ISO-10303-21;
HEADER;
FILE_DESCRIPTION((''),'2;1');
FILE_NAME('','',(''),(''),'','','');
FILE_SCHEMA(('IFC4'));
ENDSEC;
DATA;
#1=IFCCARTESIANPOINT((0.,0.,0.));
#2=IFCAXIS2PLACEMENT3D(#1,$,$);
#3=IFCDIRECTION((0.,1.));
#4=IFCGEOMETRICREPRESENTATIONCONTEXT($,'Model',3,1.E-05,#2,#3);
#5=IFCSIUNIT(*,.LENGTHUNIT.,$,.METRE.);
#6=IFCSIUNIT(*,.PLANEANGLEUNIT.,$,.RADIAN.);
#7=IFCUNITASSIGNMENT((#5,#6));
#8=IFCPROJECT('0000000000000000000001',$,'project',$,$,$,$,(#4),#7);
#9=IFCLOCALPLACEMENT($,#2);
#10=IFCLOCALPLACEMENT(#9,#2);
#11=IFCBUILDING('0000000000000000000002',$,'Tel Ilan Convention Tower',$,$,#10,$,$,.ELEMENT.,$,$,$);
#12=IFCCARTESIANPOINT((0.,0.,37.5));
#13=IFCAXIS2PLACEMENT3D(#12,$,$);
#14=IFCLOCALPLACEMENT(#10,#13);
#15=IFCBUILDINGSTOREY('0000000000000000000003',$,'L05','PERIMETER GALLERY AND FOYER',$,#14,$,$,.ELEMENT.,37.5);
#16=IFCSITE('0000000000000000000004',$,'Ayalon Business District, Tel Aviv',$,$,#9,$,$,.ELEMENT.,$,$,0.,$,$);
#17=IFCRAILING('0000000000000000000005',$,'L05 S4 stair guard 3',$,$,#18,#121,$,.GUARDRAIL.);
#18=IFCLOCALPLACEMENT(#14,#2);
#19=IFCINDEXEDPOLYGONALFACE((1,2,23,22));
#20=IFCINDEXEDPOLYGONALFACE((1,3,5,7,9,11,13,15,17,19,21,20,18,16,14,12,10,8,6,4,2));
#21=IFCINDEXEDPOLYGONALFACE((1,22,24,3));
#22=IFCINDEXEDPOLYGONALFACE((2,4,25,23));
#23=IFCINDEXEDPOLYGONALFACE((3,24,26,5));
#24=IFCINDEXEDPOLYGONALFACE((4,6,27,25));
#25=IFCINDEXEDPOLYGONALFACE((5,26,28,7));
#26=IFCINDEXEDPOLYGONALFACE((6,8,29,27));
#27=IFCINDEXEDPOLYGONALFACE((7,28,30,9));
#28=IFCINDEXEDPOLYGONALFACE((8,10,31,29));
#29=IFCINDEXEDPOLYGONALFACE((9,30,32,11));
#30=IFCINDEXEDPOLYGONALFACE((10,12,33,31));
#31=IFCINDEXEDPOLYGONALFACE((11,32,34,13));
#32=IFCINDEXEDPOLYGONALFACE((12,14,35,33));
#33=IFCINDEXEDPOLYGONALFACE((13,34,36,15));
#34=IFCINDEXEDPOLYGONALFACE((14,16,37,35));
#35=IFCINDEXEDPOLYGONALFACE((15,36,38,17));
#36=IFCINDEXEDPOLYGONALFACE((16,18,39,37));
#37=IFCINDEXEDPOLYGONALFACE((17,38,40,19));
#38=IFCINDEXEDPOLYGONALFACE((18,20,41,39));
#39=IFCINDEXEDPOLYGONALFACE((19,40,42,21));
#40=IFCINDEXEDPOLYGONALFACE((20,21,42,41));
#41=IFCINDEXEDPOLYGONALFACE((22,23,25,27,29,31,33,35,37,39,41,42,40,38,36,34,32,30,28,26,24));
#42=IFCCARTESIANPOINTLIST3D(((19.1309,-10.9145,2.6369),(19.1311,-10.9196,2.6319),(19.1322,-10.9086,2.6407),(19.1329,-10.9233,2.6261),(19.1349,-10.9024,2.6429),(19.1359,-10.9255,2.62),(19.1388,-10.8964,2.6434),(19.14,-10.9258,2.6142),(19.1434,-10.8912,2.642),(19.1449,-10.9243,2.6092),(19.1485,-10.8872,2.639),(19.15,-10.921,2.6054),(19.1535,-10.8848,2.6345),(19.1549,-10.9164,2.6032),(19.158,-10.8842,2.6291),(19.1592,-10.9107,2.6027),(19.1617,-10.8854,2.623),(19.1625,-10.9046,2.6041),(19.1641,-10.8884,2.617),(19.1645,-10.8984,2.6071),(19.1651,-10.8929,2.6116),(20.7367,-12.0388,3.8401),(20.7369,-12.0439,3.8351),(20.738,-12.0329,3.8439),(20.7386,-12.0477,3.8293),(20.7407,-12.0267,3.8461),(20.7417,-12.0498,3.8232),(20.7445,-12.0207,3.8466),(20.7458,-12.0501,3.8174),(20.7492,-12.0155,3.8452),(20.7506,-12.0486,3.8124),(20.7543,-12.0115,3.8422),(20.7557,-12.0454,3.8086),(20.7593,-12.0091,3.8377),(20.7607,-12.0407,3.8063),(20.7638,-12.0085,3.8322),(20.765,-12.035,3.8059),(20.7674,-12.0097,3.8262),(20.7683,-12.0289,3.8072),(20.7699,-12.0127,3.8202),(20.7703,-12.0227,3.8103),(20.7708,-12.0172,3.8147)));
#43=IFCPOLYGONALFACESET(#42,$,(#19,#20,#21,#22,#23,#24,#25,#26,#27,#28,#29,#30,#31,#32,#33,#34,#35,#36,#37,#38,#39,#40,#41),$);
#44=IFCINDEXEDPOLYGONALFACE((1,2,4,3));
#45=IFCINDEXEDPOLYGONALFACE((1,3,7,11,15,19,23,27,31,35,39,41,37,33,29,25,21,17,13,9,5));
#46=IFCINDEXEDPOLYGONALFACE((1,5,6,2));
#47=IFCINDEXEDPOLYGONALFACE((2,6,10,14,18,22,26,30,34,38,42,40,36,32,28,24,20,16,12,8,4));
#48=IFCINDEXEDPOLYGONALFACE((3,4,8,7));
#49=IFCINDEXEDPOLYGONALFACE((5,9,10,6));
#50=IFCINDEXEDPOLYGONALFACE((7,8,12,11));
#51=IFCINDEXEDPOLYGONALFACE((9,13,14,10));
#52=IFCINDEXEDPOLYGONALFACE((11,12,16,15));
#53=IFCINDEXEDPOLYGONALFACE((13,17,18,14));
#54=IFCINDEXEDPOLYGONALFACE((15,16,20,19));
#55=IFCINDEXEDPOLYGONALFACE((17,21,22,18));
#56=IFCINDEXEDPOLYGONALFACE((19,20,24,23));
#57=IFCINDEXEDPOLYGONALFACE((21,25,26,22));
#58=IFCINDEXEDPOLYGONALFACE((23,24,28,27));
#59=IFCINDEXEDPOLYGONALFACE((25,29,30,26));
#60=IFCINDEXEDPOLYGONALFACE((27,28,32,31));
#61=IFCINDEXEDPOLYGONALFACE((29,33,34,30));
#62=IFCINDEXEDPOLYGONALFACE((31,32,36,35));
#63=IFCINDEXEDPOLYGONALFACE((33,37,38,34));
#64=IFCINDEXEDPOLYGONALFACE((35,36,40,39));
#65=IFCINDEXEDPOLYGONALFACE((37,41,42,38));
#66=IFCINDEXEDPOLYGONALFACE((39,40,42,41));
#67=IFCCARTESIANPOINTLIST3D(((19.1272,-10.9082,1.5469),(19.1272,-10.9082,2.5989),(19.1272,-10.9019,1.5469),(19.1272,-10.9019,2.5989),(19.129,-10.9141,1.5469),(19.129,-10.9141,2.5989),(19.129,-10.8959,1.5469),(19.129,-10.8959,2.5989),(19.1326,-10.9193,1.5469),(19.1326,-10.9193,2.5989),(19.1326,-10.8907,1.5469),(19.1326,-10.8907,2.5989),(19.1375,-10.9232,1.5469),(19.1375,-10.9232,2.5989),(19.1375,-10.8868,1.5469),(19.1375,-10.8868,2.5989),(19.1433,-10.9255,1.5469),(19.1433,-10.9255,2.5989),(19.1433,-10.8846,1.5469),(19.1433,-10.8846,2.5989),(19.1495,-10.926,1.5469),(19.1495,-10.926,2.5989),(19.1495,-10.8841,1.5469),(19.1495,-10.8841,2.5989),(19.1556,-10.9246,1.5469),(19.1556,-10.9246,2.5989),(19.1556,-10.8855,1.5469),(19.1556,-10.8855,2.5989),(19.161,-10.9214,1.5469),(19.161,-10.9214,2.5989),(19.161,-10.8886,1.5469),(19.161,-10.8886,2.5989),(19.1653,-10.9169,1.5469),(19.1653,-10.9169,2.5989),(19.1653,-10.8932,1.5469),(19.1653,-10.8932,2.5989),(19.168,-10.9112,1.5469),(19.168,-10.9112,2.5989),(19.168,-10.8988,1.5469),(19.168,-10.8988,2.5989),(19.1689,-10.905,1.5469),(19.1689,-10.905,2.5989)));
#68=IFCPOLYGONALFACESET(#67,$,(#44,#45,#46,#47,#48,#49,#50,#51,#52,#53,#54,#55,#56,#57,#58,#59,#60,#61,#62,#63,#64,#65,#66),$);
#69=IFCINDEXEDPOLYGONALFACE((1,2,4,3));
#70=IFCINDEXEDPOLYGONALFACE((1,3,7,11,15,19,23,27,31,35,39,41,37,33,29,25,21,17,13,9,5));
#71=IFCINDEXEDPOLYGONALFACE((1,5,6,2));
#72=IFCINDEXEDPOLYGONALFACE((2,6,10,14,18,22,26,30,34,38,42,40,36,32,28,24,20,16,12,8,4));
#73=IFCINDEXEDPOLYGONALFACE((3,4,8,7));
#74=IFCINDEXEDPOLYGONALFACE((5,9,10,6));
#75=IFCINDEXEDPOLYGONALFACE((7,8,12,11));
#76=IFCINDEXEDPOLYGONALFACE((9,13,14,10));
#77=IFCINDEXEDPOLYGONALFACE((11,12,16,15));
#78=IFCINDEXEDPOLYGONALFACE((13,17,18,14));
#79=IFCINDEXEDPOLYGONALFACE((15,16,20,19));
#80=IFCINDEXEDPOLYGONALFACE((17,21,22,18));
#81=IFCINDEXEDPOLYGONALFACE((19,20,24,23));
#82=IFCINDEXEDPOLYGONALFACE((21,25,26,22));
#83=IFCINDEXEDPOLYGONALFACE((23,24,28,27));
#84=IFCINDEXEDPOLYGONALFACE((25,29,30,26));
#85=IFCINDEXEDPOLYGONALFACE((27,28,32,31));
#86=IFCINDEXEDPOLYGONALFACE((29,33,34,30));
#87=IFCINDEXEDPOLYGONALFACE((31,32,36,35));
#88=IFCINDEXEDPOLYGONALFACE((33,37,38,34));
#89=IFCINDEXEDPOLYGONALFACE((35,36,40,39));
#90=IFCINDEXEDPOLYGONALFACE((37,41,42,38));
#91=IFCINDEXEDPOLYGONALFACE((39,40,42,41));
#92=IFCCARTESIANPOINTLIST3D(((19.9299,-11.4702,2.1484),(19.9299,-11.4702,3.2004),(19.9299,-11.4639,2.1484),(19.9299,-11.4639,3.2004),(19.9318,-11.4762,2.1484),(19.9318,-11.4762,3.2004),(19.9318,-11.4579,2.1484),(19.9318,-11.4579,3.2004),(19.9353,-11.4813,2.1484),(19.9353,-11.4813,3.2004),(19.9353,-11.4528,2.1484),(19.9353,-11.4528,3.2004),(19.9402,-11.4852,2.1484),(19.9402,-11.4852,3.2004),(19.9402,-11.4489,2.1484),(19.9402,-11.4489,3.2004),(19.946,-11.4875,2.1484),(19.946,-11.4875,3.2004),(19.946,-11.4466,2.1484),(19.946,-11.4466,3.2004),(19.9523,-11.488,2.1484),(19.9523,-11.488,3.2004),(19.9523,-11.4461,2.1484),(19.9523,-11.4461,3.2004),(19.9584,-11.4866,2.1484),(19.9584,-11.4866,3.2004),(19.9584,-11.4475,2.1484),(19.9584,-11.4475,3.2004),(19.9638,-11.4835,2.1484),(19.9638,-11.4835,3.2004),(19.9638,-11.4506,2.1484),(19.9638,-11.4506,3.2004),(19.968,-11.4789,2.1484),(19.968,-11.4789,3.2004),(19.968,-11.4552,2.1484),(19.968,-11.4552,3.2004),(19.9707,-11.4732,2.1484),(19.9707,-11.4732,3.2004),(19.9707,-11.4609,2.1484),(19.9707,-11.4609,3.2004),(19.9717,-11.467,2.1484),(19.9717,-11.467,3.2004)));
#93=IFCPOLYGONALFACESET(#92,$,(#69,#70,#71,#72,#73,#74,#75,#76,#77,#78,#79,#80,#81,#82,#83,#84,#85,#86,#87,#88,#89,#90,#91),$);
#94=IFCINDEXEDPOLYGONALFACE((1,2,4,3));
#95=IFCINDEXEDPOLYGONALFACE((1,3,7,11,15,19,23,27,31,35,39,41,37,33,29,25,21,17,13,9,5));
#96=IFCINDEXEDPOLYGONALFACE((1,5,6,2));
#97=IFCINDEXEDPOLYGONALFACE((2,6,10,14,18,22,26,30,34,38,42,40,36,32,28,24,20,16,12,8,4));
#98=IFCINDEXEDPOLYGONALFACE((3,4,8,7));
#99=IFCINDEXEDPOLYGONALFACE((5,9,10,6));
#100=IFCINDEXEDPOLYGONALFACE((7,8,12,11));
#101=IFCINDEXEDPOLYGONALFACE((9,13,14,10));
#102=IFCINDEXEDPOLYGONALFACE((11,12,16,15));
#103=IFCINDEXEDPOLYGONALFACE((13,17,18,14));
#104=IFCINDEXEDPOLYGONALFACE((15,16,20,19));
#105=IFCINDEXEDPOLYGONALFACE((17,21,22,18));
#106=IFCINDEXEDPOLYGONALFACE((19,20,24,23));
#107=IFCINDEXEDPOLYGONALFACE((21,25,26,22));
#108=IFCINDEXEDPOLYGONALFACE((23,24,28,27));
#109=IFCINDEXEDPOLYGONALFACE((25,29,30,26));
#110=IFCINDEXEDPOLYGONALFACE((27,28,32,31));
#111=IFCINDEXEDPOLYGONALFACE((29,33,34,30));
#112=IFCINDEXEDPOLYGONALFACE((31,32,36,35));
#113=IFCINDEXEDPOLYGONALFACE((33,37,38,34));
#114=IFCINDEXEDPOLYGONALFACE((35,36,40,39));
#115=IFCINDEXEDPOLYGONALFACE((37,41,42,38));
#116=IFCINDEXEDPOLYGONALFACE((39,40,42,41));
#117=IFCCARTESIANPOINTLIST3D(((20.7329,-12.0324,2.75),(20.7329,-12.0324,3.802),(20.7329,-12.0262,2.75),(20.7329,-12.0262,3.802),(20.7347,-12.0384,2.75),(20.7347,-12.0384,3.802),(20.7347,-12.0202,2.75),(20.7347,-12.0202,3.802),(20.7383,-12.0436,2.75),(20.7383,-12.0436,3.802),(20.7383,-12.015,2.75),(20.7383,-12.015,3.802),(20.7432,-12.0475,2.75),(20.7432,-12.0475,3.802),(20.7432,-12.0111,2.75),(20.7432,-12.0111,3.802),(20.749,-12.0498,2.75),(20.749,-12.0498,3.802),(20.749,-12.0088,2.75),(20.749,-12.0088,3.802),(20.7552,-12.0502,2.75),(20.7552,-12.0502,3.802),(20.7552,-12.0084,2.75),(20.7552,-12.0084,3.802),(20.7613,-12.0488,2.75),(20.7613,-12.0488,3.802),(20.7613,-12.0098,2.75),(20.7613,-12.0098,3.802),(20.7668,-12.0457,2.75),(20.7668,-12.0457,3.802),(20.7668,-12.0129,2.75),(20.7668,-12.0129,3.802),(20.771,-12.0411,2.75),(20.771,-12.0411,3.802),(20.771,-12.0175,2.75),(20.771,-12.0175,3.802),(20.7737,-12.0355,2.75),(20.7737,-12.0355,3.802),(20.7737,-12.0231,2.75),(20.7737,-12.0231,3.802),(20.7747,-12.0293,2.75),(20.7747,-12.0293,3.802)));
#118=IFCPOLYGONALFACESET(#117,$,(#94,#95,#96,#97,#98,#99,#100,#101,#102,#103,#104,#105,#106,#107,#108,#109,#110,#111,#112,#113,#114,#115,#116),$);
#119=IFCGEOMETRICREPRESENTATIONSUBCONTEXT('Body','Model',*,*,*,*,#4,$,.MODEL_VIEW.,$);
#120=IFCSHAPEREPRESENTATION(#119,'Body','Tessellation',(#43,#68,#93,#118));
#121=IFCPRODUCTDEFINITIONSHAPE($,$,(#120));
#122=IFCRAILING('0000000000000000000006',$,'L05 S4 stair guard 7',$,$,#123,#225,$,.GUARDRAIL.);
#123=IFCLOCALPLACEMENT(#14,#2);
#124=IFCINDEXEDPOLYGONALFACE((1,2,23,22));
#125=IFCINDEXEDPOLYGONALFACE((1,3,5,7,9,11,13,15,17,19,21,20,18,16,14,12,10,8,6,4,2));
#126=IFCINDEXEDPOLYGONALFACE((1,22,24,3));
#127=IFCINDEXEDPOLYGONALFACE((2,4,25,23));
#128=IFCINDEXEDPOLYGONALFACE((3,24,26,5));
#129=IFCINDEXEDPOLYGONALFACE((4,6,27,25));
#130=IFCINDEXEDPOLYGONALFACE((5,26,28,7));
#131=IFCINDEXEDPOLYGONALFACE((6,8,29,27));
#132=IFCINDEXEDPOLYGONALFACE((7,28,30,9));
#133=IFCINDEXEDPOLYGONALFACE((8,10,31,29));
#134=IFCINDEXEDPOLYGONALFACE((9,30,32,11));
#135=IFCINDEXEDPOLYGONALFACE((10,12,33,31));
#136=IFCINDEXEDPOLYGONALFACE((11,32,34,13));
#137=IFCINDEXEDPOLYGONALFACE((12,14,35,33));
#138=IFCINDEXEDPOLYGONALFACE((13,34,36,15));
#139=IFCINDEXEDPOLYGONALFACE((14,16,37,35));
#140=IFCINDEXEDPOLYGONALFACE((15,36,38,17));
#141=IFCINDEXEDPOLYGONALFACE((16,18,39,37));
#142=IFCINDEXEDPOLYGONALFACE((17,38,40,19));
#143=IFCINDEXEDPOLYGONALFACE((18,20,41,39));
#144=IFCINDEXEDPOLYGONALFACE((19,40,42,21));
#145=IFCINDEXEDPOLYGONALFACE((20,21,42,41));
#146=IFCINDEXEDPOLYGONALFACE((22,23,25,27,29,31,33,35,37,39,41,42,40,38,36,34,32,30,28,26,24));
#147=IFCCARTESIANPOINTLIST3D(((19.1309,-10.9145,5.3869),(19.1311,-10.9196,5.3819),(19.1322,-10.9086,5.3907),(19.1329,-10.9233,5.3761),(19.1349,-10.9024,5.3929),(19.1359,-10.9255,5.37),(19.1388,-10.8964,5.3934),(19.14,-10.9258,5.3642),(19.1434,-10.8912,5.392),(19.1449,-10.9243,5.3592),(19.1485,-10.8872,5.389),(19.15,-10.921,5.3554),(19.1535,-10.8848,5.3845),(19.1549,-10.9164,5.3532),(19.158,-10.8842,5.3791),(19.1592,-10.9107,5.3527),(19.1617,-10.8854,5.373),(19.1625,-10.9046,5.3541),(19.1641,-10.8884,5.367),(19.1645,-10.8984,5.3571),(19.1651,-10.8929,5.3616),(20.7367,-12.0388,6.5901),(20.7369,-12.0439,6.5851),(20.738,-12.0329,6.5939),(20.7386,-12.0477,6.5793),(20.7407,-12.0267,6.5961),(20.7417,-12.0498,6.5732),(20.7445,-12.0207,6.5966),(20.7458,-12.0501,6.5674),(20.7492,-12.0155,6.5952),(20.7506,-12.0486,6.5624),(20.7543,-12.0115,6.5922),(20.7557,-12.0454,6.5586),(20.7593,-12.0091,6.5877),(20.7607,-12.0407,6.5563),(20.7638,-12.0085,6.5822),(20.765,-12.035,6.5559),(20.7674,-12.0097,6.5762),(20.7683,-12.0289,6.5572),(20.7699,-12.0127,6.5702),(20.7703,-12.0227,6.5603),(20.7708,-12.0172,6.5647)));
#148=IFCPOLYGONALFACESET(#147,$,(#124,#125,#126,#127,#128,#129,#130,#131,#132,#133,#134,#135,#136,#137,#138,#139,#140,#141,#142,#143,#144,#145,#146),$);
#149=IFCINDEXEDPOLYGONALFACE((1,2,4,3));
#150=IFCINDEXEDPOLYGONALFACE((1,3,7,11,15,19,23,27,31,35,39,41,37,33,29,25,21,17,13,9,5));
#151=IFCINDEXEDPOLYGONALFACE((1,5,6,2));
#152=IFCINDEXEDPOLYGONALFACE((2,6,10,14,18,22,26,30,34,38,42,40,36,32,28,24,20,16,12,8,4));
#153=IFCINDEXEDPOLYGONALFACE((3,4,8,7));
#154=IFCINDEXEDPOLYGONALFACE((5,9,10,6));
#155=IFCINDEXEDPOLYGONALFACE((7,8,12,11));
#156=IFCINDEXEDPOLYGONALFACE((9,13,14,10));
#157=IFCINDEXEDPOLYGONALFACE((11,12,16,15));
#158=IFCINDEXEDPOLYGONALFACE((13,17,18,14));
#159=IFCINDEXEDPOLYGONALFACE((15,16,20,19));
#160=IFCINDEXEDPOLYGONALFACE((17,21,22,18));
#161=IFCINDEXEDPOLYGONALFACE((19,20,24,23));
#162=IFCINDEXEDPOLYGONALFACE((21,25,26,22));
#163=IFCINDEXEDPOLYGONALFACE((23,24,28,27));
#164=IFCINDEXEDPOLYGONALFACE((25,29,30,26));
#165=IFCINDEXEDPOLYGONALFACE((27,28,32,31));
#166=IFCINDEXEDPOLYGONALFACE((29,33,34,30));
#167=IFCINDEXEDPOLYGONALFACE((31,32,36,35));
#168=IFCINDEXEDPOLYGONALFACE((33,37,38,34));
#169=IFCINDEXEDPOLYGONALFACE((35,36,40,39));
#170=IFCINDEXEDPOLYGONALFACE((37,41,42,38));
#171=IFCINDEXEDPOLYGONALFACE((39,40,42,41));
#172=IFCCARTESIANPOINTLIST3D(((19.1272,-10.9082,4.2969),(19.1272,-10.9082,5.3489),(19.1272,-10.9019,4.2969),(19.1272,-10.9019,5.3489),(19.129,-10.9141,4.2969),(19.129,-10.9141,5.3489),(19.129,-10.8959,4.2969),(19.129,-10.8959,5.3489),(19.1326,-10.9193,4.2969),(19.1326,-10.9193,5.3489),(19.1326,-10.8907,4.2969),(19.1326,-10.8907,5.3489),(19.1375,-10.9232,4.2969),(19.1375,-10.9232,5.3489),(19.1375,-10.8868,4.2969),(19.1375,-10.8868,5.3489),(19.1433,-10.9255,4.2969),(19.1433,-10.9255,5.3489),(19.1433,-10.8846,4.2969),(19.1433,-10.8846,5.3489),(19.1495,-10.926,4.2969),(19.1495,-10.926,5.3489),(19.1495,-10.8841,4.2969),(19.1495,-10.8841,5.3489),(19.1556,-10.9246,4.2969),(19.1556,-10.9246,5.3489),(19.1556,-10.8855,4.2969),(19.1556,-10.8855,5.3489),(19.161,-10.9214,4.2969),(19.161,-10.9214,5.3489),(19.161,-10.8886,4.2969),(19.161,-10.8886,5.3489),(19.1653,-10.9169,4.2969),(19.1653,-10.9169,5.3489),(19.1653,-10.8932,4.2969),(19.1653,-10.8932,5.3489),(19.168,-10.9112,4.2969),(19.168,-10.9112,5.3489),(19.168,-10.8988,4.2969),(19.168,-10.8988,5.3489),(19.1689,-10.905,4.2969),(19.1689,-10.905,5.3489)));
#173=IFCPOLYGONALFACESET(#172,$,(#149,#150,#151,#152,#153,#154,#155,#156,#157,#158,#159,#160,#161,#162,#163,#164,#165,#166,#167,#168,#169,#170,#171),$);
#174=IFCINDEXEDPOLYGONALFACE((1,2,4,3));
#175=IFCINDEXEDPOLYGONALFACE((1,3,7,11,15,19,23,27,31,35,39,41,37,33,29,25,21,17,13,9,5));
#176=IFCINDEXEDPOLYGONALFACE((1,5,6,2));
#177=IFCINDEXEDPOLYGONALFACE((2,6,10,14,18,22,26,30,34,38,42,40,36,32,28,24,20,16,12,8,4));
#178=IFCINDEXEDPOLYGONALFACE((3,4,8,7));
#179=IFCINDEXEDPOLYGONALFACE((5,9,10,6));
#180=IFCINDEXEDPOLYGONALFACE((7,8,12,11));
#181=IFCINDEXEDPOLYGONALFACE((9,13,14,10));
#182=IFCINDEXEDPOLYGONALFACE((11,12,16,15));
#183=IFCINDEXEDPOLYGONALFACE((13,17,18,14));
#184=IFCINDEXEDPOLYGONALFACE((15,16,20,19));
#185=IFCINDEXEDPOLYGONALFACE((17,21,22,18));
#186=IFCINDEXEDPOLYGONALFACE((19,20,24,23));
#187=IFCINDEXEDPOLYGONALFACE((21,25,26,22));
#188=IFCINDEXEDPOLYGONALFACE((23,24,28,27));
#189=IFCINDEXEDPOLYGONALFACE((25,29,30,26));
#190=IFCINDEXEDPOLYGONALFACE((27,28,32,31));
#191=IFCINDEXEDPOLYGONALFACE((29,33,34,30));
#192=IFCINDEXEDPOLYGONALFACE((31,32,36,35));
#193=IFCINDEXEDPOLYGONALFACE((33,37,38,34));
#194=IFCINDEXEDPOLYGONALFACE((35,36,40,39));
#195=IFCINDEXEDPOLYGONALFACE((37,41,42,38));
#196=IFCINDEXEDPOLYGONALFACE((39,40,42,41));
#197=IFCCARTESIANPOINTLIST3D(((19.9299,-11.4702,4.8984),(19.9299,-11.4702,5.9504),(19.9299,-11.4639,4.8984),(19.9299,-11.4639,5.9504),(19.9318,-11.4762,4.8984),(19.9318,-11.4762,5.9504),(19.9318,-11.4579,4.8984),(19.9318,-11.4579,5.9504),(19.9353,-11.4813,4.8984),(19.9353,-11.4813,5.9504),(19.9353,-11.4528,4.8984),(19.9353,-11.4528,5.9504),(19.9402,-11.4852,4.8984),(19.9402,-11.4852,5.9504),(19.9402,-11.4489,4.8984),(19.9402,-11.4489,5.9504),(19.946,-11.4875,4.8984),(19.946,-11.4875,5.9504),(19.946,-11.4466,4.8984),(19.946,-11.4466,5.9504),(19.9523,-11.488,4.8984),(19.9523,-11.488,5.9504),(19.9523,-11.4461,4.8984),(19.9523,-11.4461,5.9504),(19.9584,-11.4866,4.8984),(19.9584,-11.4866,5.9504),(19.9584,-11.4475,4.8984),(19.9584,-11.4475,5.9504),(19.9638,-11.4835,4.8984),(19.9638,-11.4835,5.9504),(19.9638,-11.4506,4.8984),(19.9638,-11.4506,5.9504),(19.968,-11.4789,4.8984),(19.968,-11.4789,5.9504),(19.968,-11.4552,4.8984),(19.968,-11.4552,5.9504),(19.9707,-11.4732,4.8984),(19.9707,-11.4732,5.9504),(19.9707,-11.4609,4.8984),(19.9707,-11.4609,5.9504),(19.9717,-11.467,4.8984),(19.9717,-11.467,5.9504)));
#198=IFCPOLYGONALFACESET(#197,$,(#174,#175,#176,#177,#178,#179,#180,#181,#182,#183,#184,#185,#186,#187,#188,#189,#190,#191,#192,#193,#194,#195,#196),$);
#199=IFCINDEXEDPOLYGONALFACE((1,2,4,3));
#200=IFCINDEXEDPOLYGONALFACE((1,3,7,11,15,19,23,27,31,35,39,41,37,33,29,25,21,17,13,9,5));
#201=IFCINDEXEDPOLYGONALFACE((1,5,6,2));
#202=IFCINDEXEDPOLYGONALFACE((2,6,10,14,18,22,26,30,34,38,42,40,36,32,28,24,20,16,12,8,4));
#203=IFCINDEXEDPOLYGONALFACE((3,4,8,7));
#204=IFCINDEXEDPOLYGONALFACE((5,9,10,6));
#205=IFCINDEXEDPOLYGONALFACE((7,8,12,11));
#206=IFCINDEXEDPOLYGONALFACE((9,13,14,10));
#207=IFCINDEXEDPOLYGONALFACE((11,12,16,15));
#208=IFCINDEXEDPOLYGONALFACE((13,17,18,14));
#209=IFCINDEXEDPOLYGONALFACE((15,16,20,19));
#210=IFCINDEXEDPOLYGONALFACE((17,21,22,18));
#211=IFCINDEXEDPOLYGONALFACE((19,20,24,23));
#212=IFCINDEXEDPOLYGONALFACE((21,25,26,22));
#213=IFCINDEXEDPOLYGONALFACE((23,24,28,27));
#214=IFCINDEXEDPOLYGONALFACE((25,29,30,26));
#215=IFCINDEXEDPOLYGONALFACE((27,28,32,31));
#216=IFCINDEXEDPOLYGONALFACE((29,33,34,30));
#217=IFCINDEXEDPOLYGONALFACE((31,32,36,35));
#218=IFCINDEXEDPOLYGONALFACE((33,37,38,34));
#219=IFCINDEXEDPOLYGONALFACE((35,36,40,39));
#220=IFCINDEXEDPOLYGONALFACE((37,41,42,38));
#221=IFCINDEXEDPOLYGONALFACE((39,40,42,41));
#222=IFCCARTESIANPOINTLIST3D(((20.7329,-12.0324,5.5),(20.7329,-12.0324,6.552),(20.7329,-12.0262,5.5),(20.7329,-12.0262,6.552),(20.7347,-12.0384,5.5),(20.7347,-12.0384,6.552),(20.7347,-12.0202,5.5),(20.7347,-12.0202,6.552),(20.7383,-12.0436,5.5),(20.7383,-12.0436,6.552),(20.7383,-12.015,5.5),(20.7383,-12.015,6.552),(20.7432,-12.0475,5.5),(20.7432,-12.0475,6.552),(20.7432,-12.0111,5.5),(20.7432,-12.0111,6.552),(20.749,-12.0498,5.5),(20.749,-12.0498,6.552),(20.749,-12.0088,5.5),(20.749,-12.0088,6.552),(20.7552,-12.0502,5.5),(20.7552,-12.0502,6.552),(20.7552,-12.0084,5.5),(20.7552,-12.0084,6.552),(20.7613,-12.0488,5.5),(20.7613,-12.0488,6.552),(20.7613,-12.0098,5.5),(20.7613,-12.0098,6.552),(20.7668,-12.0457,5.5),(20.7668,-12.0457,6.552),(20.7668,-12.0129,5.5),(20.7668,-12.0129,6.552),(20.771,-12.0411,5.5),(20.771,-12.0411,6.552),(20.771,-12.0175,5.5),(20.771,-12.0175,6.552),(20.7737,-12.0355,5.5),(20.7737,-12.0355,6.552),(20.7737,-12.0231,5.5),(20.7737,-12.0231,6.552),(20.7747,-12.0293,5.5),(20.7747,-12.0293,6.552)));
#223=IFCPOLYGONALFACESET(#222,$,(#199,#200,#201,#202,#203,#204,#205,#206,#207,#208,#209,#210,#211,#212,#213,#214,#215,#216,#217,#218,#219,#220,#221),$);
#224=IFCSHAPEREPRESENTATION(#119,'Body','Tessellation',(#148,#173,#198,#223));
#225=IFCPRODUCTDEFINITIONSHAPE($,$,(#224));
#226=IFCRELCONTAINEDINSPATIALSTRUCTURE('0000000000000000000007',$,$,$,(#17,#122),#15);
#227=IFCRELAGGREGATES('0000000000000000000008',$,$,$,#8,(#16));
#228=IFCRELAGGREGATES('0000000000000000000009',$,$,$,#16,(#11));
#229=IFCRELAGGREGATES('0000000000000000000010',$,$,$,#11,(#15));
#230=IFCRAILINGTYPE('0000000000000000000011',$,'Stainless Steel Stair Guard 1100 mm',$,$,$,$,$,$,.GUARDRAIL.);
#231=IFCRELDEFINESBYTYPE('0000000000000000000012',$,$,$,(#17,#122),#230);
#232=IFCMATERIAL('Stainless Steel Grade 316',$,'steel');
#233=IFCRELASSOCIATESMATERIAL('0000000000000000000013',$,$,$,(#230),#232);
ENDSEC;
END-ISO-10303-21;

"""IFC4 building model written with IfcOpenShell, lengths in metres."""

from ifc_helpers import new_model, si_unit, direction, frame, origin, origin_2d, place, context, subcontext, project, spatial, circle, extrude, material, type_object, element, save


model = new_model("IFC4")

# Units and contexts
model_context = context("Model", 3, precision=1e-05, world=origin(), true_north=direction((0.0, 1.0)))
body_context = subcontext(model_context, "Body", "Model", "MODEL_VIEW")
ifc_project = project(units=[si_unit("LENGTHUNIT", "METRE"), si_unit("PLANEANGLEUNIT", "RADIAN")], contexts=[model_context])

# Site, building, storey
site_placement = place(None, origin())
site = spatial("IfcSite", under=ifc_project, at=site_placement, Name="Ayalon Business District, Tel Aviv", CompositionType="ELEMENT", RefElevation=0.0)
building_placement = place(site_placement, origin())
building = spatial("IfcBuilding", under=site, at=building_placement, Name="Tel Ilan Convention Tower", CompositionType="ELEMENT")
storey_placement = place(building_placement, frame((0.0, 0.0, 37.5)))
storey = spatial("IfcBuildingStorey", under=building, at=storey_placement, Name="L05", Description="PERIMETER GALLERY AND FOYER", CompositionType="ELEMENT", Elevation=37.5)

# Railings
ifc_material_1 = material(Name="Stainless Steel Grade 316", Category="steel")
railing_type_1 = type_object("IfcRailingType", Name="Stainless Steel Stair Guard 1100 mm", PredefinedType="GUARDRAIL", material=ifc_material_1)
for number, where, name in (
    (1, (19.1479, -10.905, 1.5469), "L05 S4 stair guard 3"),
    (2, (19.1479, -10.905, 4.2969), "L05 S4 stair guard 7"),
):
    element("IfcRailing", number, at=place(storey_placement, frame(where)), inside=storey, type_object=railing_type_1, Name=name, PredefinedType="GUARDRAIL", context=body_context, shape_type="SweptSolid", body=[
        extrude(circle(Radius=0.0239, at=origin_2d()), frame((0.0, 0.0, 1.0762), z_axis=(0.698149, -0.488821, 0.523108), x_axis=(0.573554, 0.819168, 0.0)), (0.0, 0.0, 1.0), 2.3),
        extrude(circle(Radius=0.021, at=origin_2d()), origin(), (0.0, 0.0, 1.0), 1.052),
        extrude(circle(Radius=0.021, at=origin_2d()), frame((0.8027, -0.562, 0.6016)), (0.0, 0.0, 1.0), 1.052),
        extrude(circle(Radius=0.021, at=origin_2d()), frame((1.6057, -1.1243, 1.2031)), (0.0, 0.0, 1.0), 1.052),
    ])

save(model, "model.ifc")
